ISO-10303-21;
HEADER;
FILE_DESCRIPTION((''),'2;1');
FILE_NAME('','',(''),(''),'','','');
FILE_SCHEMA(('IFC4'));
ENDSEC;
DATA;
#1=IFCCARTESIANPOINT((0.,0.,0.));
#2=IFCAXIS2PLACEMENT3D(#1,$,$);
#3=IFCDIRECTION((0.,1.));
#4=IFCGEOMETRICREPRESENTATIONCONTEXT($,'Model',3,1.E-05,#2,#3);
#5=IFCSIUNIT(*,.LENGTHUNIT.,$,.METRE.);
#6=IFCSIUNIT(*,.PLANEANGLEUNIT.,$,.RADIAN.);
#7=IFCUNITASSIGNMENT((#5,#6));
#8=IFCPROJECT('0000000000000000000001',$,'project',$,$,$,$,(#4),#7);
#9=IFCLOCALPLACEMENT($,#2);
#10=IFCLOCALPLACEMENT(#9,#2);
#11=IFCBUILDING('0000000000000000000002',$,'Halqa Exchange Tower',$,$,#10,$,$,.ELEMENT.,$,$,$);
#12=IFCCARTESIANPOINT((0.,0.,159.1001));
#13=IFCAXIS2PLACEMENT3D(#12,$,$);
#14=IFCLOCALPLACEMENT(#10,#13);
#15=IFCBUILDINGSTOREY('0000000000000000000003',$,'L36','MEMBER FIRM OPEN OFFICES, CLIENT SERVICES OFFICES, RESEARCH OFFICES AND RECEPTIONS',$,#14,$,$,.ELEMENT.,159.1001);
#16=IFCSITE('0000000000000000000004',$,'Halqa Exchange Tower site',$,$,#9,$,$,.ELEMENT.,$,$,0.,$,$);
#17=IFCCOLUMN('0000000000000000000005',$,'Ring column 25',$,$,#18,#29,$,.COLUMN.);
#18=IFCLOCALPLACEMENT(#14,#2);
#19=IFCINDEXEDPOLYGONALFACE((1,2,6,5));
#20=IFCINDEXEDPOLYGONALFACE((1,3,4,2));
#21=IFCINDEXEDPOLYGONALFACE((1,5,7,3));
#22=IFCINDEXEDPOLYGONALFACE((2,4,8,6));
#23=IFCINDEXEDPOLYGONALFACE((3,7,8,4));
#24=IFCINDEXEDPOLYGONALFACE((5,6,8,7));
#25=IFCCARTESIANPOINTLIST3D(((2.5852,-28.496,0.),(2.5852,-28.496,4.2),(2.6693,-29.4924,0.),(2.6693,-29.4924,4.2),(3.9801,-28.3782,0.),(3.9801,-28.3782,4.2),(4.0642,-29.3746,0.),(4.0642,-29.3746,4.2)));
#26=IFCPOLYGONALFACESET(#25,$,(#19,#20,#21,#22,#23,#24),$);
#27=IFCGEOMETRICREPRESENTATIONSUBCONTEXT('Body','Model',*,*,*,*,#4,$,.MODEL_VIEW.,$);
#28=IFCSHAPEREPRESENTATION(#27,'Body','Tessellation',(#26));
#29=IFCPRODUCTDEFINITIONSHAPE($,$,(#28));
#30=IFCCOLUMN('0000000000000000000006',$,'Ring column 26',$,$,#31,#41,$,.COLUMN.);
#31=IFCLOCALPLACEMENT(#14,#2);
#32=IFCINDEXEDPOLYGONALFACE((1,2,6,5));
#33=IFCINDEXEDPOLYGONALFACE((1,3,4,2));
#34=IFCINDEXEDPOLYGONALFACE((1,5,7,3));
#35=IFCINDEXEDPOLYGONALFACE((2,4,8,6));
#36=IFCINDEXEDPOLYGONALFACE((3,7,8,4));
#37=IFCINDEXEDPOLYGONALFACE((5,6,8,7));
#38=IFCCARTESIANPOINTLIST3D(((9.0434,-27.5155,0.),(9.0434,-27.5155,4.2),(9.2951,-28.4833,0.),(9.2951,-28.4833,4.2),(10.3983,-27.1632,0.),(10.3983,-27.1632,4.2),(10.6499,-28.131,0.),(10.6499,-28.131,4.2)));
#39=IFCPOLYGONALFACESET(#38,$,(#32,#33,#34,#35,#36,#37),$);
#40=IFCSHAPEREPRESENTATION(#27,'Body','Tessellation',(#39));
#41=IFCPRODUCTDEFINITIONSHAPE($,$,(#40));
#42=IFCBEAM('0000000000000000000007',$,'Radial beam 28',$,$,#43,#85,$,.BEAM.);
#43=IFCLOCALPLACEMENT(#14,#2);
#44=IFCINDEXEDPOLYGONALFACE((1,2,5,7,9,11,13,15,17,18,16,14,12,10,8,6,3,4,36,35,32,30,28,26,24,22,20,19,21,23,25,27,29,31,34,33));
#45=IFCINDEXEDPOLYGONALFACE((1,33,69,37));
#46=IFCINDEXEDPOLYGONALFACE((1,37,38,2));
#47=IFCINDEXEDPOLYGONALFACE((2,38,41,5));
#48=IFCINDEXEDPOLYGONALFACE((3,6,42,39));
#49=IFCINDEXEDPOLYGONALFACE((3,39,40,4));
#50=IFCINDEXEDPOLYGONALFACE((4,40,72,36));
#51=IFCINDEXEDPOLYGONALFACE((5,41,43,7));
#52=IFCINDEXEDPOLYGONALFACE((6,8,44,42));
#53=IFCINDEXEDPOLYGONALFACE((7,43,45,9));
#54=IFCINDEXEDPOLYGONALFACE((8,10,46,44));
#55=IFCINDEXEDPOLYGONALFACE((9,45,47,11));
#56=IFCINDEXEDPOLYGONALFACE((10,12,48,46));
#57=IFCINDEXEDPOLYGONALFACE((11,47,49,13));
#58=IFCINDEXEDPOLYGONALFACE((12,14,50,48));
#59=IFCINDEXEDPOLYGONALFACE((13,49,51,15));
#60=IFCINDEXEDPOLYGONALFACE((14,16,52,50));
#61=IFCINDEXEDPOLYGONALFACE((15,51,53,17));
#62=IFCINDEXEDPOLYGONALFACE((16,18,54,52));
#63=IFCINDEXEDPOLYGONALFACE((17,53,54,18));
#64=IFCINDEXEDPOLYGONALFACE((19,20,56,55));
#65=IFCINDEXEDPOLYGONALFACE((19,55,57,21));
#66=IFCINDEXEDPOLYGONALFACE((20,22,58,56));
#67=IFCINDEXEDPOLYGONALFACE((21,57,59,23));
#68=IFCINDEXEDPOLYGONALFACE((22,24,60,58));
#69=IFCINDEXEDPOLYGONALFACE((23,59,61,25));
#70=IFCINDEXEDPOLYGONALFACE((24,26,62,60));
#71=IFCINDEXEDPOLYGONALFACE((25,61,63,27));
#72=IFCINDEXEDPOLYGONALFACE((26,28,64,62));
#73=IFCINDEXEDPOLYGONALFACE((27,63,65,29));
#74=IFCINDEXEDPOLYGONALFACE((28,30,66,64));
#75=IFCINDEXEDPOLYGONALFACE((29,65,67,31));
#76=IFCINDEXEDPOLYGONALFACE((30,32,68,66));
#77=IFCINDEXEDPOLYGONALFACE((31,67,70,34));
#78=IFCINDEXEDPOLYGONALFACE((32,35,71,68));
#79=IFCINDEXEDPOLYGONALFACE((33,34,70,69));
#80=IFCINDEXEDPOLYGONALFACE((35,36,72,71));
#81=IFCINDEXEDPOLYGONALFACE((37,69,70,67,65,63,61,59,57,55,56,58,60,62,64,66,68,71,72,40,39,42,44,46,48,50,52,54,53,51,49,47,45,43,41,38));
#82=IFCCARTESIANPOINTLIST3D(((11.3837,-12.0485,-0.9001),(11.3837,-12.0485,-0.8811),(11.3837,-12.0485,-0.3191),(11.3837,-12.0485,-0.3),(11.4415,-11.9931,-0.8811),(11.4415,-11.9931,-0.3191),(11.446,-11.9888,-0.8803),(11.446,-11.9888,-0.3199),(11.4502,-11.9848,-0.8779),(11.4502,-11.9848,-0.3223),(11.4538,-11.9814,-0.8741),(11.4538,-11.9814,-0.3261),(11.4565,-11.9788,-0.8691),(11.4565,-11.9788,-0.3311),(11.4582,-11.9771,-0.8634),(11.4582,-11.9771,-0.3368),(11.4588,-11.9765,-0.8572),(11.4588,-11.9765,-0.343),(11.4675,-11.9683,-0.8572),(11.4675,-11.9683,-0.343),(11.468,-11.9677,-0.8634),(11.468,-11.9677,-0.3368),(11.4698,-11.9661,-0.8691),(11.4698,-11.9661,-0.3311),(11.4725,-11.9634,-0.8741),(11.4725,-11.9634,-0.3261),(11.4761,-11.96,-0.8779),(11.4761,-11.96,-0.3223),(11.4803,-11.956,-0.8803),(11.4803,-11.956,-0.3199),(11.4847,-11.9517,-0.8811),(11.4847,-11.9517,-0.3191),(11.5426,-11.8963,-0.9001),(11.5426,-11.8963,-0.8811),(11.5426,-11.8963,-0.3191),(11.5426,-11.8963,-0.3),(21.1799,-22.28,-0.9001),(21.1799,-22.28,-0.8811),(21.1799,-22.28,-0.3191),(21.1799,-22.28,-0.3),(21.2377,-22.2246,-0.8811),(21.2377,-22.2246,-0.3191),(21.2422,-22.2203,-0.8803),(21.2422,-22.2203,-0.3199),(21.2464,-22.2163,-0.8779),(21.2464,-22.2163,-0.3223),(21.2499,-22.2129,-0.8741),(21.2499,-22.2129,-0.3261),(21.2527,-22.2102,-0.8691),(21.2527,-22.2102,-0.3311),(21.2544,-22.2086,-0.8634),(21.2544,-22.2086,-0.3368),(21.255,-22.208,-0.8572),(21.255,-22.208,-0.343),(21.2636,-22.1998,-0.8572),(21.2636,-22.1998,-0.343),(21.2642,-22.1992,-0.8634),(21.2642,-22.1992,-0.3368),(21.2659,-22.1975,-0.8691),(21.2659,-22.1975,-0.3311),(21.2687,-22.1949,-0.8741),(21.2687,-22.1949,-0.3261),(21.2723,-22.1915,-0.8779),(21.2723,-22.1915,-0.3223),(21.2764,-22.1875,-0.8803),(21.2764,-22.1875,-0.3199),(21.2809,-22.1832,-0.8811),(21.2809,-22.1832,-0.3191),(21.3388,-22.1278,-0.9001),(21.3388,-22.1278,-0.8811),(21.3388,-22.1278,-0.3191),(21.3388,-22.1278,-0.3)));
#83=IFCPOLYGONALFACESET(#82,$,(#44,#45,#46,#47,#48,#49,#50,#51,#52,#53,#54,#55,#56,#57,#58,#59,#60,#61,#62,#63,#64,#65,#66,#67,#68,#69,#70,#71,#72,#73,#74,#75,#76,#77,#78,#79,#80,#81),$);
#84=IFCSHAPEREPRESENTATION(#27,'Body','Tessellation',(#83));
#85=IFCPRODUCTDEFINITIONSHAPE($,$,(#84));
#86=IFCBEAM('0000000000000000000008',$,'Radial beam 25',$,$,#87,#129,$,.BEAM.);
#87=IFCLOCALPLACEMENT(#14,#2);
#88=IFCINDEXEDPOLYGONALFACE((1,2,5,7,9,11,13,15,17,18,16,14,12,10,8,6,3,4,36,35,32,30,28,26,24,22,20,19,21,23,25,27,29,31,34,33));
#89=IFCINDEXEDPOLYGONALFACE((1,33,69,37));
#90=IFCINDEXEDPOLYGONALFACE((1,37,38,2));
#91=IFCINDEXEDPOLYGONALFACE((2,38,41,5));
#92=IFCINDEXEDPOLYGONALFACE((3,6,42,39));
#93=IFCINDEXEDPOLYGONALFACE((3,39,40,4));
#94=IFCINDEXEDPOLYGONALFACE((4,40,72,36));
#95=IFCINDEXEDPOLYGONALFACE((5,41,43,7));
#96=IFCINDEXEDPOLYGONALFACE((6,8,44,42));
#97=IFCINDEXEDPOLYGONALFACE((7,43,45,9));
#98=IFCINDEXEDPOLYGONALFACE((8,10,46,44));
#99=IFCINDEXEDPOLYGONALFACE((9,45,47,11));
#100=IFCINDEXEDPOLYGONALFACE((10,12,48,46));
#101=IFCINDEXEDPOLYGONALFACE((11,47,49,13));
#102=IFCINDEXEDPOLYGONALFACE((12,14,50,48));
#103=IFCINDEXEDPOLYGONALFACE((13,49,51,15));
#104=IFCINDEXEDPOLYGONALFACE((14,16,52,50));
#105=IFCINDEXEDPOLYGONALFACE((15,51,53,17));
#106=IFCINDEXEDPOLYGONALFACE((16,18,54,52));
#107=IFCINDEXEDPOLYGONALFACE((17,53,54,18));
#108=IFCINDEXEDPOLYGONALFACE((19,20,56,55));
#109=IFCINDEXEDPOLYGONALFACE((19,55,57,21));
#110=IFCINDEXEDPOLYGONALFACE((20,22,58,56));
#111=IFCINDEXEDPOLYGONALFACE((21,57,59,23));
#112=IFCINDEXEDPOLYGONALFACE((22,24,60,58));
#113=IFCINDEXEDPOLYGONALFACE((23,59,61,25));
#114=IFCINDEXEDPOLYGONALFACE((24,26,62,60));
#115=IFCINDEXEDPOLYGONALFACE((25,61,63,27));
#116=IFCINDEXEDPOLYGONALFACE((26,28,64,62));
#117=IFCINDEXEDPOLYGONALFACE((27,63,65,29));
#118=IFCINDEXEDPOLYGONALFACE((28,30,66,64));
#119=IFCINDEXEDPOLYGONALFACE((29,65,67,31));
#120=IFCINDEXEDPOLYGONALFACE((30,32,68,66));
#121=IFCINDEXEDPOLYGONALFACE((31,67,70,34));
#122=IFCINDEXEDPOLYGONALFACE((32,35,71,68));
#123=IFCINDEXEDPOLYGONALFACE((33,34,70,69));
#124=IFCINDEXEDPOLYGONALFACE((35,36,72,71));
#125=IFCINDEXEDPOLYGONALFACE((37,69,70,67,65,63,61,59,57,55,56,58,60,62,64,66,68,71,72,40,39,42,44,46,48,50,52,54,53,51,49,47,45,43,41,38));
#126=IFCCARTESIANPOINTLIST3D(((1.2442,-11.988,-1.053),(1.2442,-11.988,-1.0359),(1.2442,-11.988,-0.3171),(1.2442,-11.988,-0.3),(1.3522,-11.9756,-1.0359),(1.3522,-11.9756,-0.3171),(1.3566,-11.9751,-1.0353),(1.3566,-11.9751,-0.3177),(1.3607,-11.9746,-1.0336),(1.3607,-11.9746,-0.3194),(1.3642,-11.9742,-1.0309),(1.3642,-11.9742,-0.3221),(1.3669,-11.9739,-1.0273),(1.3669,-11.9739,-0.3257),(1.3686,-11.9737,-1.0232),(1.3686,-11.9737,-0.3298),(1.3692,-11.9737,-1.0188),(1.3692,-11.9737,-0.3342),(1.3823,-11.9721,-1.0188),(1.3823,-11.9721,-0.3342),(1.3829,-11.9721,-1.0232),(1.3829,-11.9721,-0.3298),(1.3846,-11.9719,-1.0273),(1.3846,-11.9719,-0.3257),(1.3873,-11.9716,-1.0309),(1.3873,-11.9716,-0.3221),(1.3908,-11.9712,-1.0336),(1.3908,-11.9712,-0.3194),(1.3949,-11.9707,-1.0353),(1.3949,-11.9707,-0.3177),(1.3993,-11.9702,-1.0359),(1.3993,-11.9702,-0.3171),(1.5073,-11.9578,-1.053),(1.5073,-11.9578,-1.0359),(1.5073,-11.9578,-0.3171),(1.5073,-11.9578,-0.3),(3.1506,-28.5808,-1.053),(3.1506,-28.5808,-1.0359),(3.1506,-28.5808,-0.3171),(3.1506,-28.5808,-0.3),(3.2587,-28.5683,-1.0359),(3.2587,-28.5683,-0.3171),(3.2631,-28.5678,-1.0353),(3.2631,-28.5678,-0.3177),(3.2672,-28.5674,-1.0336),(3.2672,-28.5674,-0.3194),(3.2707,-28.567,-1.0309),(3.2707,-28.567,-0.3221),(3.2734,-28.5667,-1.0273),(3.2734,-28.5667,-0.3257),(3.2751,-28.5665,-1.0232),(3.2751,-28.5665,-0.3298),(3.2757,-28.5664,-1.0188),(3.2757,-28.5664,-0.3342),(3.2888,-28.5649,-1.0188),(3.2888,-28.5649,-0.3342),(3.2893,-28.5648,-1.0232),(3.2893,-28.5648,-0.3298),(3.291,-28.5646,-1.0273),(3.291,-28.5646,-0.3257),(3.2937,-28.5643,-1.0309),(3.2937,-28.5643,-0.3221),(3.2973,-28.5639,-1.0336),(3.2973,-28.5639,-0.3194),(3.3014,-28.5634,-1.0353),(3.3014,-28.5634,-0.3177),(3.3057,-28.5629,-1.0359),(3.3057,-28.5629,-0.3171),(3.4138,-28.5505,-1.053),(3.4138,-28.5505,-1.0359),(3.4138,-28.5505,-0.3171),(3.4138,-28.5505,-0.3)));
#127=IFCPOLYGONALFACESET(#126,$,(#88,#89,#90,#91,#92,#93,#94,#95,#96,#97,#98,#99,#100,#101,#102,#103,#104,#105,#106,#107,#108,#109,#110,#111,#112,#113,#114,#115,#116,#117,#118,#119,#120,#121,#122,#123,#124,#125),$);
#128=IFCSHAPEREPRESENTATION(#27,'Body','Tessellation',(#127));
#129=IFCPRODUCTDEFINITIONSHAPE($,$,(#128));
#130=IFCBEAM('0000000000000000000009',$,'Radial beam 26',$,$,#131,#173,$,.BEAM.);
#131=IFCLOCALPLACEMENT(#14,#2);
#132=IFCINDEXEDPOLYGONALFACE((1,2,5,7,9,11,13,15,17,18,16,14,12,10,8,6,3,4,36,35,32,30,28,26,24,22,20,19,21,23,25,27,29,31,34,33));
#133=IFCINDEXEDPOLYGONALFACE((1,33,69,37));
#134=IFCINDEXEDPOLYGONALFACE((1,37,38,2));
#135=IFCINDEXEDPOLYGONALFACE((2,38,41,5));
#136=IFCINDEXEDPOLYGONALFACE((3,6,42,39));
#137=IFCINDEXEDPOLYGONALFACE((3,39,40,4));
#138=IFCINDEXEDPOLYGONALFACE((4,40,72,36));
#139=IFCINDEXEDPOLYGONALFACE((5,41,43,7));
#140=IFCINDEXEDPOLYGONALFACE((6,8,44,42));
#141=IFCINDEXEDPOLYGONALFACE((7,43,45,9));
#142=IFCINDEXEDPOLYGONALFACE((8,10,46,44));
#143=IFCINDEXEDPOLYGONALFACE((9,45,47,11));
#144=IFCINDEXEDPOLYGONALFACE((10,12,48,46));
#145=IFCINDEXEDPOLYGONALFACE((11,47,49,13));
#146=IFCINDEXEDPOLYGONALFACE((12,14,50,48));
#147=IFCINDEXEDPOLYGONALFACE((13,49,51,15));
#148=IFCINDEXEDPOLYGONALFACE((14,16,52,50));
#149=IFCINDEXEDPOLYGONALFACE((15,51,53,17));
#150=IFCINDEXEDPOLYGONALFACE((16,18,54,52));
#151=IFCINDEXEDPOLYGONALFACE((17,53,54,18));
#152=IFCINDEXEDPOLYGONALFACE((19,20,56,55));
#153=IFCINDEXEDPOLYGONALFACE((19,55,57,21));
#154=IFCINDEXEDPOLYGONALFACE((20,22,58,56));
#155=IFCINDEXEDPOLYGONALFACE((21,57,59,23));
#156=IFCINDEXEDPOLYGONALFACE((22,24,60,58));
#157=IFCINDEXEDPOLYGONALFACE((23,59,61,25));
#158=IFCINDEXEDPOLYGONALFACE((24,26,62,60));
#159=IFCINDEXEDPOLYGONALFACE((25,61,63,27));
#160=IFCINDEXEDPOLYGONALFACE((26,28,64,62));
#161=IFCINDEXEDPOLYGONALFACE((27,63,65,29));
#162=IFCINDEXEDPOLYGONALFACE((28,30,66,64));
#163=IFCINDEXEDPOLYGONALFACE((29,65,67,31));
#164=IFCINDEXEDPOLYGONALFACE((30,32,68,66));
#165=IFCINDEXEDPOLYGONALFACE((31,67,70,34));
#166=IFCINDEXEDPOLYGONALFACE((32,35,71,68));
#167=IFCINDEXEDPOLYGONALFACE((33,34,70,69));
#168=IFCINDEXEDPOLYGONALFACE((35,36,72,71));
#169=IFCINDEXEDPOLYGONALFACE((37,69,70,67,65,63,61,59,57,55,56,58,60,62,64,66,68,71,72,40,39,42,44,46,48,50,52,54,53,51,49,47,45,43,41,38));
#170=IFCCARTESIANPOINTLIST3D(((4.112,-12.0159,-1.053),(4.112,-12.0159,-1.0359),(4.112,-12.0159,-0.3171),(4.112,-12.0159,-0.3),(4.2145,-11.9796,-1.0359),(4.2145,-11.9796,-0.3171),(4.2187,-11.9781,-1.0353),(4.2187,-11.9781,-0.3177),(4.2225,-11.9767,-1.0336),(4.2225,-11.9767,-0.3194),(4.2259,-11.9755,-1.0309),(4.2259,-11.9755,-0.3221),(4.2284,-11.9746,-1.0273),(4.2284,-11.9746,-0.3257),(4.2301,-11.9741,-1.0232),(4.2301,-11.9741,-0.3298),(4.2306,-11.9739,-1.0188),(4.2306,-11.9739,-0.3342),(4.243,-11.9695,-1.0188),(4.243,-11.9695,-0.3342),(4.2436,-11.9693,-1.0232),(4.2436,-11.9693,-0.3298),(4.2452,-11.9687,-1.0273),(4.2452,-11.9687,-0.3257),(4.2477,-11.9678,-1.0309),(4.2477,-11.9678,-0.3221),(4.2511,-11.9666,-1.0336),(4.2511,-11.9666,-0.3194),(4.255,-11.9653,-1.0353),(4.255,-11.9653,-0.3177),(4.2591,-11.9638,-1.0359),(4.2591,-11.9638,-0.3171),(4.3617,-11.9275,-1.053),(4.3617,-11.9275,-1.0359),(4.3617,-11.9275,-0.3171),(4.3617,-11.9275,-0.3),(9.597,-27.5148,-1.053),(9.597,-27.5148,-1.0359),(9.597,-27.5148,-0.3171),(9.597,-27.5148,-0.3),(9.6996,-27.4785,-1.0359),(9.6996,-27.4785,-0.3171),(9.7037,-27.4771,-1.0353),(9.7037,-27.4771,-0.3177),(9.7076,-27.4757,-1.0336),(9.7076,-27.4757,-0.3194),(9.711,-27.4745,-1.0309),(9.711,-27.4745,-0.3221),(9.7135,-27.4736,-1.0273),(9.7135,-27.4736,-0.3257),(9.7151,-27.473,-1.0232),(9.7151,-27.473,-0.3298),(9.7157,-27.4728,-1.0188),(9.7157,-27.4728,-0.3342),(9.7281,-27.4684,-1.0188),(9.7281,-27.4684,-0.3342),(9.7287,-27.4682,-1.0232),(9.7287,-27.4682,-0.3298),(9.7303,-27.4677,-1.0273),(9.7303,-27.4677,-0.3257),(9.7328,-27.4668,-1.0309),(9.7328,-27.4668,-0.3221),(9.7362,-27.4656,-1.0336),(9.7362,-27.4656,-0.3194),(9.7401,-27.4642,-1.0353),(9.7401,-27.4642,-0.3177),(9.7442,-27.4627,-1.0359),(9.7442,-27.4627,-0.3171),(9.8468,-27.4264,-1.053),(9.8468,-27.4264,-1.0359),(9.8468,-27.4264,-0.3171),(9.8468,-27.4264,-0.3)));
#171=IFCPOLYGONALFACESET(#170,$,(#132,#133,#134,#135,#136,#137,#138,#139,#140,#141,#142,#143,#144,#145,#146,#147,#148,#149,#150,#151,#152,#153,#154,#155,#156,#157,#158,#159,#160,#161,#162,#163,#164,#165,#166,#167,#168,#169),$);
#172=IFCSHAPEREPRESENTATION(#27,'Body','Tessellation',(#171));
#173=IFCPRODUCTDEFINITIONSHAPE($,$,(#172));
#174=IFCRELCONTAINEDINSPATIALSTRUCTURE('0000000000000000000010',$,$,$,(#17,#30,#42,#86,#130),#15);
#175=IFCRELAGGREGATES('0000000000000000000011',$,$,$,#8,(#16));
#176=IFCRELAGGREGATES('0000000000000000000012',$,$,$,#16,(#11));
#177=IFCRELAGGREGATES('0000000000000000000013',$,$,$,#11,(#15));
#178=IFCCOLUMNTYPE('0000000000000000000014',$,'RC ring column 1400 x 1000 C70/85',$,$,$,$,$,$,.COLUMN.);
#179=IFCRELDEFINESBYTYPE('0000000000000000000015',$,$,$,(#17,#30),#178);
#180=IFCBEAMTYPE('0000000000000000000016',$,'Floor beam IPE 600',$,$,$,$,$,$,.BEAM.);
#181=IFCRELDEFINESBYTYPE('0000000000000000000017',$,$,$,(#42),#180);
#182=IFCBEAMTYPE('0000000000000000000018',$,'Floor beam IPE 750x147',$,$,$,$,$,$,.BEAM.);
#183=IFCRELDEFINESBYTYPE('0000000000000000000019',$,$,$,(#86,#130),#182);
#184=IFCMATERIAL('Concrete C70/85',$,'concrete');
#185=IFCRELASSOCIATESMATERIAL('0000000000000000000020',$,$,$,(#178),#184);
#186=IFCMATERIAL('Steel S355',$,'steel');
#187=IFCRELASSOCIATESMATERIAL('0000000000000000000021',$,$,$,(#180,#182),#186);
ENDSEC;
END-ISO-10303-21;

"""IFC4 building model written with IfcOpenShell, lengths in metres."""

from ifc_helpers import new_model, si_unit, direction, frame, origin, origin_2d, place, context, subcontext, project, spatial, rectangle, i_section, extrude, material, material_profile, profile_set, type_object, element, save


model = new_model("IFC4")

# Units and contexts
model_context = context("Model", 3, precision=1e-05, world=origin(), true_north=direction((0.0, 1.0)))
body_context = subcontext(model_context, "Body", "Model", "MODEL_VIEW")
ifc_project = project(units=[si_unit("LENGTHUNIT", "METRE"), si_unit("PLANEANGLEUNIT", "RADIAN")], contexts=[model_context])

# Site, building, storey
site_placement = place(None, origin())
site = spatial("IfcSite", under=ifc_project, at=site_placement, Name="Halqa Exchange Tower site", CompositionType="ELEMENT", RefElevation=0.0)
building_placement = place(site_placement, origin())
building = spatial("IfcBuilding", under=site, at=building_placement, Name="Halqa Exchange Tower", CompositionType="ELEMENT")
storey_placement = place(building_placement, frame((0.0, 0.0, 159.1001)))
storey = spatial("IfcBuildingStorey", under=building, at=storey_placement, Name="L36", Description="MEMBER FIRM OPEN OFFICES, CLIENT SERVICES OFFICES, RESEARCH OFFICES AND RECEPTIONS", CompositionType="ELEMENT", Elevation=159.1001)

# Columns
ifc_material_1 = material(Name="Concrete C70/85", Category="concrete")
ifc_material_profile_1 = material_profile(ifc_material_1, rectangle(XDim=1.3999, YDim=1.0, at=origin_2d()), Name="1400 x 1000")
ifc_profile_set_1 = profile_set([ifc_material_profile_1], Name="Concrete C70/85")
column_type = type_object("IfcColumnType", Name="RC ring column 1400 x 1000 C70/85", PredefinedType="COLUMN", material=ifc_profile_set_1)
for number, where, z_axis, x_axis, name in (
    (1, (3.3247, -28.9353, 0.0), (0.0, 0.0, 1.0), (0.996455, 0.084125, 0.0), "Ring column 25"),
    (2, (9.8467, -27.8232, 0.0), (0.0, 0.0, 1.0), (0.96782, 0.251645, 0.0), "Ring column 26"),
):
    element("IfcColumn", number, at=place(storey_placement, frame(where, z_axis=z_axis, x_axis=x_axis)), inside=storey, type_object=column_type, Name=name, PredefinedType="COLUMN", context=body_context, shape_type="SweptSolid", body=[
        extrude(rectangle(XDim=1.3999, YDim=1.0, at=origin_2d()), origin(), (0.0, 0.0, 1.0), 4.2),
    ])

# Beams
ifc_material_2 = material(Name="Steel S355", Category="steel")
ifc_material_profile_2 = material_profile(ifc_material_2, i_section(OverallWidth=0.22, OverallDepth=0.6001, WebThickness=0.012, FlangeThickness=0.019, FilletRadius=0.0239, at=origin_2d()), Name="IPE 600")
ifc_profile_set_2 = profile_set([ifc_material_profile_2], Name="Steel S355")
beam_type_1 = type_object("IfcBeamType", Name="Floor beam IPE 600", PredefinedType="BEAM", material=ifc_profile_set_2)
beam_1_placement = place(storey_placement, frame((11.4631, -11.9724, -0.6001), z_axis=(0.691574, -0.722305, 0.0), x_axis=(0.722305, 0.691574, 0.0)))
element("IfcBeam", 3, at=beam_1_placement, inside=storey, type_object=beam_type_1, Name="Radial beam 28", PredefinedType="BEAM", context=body_context, shape_type="SweptSolid", body=[
    extrude(i_section(OverallWidth=0.22, OverallDepth=0.6001, WebThickness=0.012, FlangeThickness=0.019, FilletRadius=0.0239, at=origin_2d()), origin(), (0.0, 0.0, 1.0), 14.165),
])
ifc_material_profile_3 = material_profile(ifc_material_2, i_section(OverallWidth=0.2649, OverallDepth=0.7529, WebThickness=0.0132, FlangeThickness=0.0171, FilletRadius=0.0171, at=origin_2d()), Name="IPE 750x147")
ifc_profile_set_3 = profile_set([ifc_material_profile_3], Name="Steel S355")
beam_type_2 = type_object("IfcBeamType", Name="Floor beam IPE 750x147", PredefinedType="BEAM", material=ifc_profile_set_3)
beam_2_placement = place(storey_placement, frame((1.3757, -11.9729, -0.6765), z_axis=(0.114148, -0.993464, 0.0), x_axis=(0.993464, 0.114148, 0.0)))
element("IfcBeam", 4, at=beam_2_placement, inside=storey, type_object=beam_type_2, Name="Radial beam 25", PredefinedType="BEAM", context=body_context, shape_type="SweptSolid", body=[
    extrude(i_section(OverallWidth=0.2649, OverallDepth=0.7529, WebThickness=0.0132, FlangeThickness=0.0171, FilletRadius=0.0171, at=origin_2d()), origin(), (0.0, 0.0, 1.0), 16.7019),
])
beam_3_placement = place(storey_placement, frame((4.2368, -11.9717, -0.6765), z_axis=(0.333624, -0.942706, 0.0), x_axis=(0.942706, 0.333624, 0.0)))
element("IfcBeam", 5, at=beam_3_placement, inside=storey, type_object=beam_type_2, Name="Radial beam 26", PredefinedType="BEAM", context=body_context, shape_type="SweptSolid", body=[
    extrude(i_section(OverallWidth=0.2649, OverallDepth=0.7529, WebThickness=0.0132, FlangeThickness=0.0171, FilletRadius=0.0171, at=origin_2d()), origin(), (0.0, 0.0, 1.0), 16.4409),
])

save(model, "model.ifc")
